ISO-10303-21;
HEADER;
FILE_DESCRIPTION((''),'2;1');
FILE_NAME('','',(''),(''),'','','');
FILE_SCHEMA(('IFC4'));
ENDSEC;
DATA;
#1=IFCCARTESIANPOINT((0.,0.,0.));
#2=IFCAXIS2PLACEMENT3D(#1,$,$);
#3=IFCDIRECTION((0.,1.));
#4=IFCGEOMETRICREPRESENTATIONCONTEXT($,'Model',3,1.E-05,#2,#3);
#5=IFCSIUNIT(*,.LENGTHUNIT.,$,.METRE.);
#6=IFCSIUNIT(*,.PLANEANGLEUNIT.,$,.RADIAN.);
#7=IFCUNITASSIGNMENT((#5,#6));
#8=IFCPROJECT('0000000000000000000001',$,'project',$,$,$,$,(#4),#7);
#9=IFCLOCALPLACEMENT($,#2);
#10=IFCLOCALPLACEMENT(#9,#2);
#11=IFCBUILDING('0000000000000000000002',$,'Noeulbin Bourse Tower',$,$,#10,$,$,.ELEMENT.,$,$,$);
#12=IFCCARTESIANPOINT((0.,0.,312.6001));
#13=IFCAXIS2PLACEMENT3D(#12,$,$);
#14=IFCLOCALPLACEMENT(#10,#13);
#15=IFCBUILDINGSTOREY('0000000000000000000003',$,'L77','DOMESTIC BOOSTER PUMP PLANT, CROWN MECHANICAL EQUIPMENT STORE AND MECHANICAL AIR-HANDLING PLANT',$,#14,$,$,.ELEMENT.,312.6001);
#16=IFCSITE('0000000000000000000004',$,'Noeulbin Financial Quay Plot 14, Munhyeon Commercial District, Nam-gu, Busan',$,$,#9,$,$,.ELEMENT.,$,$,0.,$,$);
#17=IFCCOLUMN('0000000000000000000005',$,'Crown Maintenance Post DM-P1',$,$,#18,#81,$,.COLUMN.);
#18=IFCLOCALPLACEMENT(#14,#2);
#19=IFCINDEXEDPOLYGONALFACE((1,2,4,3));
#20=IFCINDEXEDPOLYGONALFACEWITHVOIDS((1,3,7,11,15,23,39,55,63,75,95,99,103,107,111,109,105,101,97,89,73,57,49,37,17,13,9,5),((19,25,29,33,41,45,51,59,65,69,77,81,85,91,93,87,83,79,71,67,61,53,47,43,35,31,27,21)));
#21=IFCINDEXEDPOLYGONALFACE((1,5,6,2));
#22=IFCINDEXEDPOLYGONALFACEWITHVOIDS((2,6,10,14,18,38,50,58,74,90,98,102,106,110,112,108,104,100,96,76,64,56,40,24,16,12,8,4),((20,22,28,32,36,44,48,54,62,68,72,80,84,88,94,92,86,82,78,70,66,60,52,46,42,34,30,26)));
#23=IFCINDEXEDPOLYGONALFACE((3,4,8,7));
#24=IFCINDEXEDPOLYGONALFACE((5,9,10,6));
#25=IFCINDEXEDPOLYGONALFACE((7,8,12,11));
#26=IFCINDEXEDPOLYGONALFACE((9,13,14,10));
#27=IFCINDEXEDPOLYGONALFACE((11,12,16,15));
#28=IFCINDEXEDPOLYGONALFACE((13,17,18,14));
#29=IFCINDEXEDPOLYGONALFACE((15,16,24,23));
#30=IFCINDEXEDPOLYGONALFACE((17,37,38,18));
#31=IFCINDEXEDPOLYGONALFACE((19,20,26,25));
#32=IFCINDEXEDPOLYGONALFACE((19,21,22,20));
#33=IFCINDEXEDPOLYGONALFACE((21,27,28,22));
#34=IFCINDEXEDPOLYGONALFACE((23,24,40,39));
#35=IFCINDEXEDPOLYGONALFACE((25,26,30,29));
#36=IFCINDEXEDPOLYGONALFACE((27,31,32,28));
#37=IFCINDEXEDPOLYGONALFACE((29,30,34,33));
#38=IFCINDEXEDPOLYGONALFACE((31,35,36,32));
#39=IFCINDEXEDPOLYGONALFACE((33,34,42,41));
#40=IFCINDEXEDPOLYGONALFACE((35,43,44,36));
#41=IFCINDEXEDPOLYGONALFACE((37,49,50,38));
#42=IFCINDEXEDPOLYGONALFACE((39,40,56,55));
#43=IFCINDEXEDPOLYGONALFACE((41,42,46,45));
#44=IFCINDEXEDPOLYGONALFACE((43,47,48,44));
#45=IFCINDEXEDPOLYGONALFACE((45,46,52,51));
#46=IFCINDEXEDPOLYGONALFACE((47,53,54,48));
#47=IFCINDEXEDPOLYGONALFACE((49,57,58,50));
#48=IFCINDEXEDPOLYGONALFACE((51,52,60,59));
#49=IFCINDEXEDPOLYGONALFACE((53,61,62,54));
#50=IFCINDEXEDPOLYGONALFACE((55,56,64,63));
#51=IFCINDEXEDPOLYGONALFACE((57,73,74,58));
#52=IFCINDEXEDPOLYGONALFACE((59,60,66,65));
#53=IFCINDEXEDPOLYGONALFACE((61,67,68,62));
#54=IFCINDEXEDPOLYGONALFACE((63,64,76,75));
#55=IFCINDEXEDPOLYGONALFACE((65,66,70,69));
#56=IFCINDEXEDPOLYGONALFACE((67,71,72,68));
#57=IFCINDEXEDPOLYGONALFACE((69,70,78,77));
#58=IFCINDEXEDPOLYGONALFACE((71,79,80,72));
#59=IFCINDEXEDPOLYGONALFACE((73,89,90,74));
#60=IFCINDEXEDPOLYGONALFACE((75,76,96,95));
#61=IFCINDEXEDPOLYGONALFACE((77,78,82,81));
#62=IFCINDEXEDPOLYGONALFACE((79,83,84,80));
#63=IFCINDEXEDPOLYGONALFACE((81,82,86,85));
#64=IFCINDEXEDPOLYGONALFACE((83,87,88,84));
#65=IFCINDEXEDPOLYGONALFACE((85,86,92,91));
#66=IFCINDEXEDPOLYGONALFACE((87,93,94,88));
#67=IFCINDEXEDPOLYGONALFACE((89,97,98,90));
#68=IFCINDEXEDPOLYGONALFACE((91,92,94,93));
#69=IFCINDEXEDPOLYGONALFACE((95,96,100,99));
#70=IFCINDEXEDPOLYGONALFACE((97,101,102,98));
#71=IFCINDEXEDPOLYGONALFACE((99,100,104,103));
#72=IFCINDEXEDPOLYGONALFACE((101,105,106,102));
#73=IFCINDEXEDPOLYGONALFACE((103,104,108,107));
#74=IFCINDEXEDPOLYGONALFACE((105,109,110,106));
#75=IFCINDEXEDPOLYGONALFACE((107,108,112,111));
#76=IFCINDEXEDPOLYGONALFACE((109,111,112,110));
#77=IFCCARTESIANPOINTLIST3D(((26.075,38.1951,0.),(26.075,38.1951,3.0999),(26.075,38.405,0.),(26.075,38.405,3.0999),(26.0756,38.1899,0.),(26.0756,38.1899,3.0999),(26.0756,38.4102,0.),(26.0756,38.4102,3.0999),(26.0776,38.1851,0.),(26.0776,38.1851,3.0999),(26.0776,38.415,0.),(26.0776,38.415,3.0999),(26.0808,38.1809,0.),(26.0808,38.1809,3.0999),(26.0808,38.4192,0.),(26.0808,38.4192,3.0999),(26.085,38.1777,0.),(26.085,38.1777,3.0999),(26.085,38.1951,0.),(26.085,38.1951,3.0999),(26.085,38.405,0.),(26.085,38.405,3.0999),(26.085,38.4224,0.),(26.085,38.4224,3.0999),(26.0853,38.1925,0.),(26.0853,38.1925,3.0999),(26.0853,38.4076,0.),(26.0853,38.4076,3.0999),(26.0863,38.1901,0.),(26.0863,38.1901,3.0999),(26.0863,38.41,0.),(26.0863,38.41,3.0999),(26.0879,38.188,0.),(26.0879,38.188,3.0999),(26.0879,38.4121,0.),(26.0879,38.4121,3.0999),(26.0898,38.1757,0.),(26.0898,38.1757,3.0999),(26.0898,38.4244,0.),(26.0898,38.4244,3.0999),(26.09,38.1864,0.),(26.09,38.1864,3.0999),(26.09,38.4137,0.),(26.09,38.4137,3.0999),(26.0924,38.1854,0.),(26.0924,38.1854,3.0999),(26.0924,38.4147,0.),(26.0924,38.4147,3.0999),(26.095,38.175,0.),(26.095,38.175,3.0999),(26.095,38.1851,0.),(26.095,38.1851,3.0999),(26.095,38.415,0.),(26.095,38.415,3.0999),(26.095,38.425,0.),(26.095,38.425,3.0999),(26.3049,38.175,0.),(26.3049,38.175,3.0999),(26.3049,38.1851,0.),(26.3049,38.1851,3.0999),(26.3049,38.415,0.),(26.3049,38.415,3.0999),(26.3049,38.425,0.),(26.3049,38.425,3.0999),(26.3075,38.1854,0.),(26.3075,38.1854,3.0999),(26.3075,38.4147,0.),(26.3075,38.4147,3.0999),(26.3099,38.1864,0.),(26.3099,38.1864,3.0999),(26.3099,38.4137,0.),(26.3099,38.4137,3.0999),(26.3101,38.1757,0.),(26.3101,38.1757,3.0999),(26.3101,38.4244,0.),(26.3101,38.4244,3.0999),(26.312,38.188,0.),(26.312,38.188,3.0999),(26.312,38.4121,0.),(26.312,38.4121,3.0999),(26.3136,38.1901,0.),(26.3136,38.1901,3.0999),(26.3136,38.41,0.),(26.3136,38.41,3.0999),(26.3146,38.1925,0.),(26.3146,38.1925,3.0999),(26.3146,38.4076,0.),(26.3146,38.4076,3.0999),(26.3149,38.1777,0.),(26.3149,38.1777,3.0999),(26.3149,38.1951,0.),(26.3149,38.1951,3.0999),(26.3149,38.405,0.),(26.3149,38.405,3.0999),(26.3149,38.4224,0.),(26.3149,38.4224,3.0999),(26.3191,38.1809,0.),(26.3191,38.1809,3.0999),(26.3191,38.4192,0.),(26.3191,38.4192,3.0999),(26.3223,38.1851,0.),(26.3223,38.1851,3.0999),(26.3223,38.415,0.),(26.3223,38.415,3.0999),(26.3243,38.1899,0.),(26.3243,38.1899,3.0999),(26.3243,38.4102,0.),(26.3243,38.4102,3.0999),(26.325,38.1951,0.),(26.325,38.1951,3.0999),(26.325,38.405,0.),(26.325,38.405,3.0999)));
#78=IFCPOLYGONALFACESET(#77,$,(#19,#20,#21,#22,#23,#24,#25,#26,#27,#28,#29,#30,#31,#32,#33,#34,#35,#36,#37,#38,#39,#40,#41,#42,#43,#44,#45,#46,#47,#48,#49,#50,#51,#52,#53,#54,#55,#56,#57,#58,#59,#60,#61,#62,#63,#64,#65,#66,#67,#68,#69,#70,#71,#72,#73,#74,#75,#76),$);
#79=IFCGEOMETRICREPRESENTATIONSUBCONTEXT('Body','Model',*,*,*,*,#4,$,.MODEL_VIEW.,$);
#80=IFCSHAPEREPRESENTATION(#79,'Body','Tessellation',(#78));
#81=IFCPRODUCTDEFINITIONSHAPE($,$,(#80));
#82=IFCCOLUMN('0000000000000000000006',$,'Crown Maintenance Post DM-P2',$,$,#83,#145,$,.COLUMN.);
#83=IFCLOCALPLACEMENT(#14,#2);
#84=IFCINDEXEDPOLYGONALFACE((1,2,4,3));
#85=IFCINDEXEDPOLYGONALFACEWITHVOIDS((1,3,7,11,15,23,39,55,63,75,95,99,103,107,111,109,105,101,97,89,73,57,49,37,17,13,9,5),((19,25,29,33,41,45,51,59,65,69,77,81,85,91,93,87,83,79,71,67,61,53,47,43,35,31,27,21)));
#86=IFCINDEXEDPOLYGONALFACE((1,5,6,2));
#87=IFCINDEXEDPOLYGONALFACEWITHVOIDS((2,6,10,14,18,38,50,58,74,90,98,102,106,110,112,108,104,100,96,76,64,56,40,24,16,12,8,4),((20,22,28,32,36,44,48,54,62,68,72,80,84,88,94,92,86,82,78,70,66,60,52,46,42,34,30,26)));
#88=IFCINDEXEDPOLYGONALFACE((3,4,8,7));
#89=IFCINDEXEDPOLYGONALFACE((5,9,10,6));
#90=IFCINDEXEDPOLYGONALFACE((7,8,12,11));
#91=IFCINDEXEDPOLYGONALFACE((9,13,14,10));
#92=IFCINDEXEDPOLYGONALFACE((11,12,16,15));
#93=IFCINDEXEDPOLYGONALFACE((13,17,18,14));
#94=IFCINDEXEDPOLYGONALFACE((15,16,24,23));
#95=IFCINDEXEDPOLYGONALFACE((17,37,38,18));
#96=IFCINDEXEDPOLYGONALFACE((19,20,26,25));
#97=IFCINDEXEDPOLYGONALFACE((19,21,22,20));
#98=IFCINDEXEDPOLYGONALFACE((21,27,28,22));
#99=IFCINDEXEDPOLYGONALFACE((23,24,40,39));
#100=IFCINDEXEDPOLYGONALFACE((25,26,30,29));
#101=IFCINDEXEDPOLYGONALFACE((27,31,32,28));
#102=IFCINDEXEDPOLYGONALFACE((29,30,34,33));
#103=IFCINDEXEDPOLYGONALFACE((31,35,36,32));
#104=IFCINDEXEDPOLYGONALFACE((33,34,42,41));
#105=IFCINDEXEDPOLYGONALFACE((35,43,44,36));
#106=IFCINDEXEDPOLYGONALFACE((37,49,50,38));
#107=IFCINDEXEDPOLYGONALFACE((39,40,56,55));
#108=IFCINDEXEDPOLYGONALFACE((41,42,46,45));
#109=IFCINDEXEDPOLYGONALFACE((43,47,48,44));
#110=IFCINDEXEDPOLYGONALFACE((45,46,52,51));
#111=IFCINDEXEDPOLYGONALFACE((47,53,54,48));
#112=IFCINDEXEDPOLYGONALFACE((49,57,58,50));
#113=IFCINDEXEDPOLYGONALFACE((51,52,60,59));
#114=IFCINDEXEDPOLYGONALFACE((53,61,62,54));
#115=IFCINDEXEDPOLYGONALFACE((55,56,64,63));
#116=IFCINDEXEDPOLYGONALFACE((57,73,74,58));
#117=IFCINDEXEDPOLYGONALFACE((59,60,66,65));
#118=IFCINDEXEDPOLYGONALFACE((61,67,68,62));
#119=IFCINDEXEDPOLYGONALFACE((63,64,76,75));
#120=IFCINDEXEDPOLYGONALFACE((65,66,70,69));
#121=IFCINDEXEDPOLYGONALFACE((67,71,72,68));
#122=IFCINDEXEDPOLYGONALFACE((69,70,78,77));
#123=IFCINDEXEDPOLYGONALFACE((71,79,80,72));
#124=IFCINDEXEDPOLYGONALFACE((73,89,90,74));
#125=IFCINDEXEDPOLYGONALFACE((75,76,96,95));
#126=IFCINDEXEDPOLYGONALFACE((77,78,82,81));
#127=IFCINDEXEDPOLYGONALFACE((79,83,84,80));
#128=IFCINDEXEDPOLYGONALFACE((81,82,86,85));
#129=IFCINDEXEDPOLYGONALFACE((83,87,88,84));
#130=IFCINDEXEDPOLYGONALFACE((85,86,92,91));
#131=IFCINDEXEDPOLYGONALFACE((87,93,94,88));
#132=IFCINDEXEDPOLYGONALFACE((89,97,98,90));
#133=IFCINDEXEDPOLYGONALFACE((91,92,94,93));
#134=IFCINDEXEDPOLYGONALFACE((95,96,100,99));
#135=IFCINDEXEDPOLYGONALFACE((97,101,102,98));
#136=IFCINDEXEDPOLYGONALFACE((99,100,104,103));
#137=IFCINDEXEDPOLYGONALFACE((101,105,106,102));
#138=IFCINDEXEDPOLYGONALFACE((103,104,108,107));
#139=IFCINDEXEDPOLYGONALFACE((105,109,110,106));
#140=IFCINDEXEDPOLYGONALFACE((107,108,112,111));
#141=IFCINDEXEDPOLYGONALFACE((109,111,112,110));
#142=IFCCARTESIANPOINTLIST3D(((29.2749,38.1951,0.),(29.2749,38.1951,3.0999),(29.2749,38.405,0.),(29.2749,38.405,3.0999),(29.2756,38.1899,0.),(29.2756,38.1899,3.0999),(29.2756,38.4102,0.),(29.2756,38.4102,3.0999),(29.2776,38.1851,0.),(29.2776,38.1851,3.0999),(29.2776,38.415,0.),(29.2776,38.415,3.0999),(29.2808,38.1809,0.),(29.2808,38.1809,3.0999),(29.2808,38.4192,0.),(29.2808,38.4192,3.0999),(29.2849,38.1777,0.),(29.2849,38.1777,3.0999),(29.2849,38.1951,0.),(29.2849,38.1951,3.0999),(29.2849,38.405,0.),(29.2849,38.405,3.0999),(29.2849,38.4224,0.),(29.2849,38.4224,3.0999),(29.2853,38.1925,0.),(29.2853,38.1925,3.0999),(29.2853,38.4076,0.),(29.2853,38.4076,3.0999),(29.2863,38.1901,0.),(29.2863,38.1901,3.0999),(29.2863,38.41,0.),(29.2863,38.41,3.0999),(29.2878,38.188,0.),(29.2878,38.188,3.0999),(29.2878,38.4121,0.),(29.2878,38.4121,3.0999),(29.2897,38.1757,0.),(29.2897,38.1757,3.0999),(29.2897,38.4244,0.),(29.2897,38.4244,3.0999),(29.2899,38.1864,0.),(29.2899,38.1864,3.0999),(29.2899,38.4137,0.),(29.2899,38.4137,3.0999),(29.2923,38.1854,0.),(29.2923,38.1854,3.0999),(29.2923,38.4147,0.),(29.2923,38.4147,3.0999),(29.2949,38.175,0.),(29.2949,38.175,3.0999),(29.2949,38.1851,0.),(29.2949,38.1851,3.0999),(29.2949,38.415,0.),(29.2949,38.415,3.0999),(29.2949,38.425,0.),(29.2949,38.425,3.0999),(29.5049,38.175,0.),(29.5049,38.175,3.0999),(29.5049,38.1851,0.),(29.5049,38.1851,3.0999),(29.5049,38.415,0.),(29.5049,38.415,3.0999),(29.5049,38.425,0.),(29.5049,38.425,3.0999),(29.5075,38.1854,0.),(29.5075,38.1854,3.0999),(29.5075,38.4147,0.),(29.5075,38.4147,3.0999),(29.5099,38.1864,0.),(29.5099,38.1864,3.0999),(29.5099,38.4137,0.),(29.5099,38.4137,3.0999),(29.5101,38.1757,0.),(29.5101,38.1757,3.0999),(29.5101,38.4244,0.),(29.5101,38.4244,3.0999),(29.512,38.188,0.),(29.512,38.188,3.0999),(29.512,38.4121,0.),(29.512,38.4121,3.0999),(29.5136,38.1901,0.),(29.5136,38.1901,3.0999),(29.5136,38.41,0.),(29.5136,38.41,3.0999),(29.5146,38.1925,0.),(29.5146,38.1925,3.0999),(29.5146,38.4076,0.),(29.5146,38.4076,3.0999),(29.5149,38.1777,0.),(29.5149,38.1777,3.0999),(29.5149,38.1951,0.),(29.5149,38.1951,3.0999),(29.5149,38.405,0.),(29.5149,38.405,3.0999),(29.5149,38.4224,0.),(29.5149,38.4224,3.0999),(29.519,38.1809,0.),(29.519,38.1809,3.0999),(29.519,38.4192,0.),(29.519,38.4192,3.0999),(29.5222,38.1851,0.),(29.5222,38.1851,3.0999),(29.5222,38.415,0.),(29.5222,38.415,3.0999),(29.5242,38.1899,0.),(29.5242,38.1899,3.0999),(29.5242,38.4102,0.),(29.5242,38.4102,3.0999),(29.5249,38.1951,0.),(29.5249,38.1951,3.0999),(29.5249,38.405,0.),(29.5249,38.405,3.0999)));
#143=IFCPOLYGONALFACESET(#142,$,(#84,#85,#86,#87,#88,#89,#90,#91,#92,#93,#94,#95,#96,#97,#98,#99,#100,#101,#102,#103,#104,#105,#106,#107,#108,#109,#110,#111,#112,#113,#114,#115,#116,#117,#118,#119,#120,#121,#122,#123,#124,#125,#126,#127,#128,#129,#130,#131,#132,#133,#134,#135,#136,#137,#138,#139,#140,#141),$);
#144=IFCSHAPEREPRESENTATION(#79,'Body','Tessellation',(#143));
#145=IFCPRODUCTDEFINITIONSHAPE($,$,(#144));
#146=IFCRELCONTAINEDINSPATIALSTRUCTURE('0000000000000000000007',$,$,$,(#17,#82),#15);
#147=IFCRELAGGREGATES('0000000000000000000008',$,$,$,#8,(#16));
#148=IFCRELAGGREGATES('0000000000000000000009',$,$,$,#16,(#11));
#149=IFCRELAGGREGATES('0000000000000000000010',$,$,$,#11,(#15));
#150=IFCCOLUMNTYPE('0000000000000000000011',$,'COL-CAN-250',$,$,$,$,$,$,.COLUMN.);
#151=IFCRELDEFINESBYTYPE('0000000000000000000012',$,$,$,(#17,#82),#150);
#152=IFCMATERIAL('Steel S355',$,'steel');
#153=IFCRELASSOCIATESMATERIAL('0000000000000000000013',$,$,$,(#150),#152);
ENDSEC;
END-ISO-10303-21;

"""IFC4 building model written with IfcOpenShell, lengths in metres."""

from ifc_helpers import new_model, si_unit, direction, frame, origin, origin_2d, place, context, subcontext, project, spatial, hollow_rectangle, extrude, material, material_profile, profile_set, type_object, element, save


model = new_model("IFC4")

# Units and contexts
model_context = context("Model", 3, precision=1e-05, world=origin(), true_north=direction((0.0, 1.0)))
body_context = subcontext(model_context, "Body", "Model", "MODEL_VIEW")
ifc_project = project(units=[si_unit("LENGTHUNIT", "METRE"), si_unit("PLANEANGLEUNIT", "RADIAN")], contexts=[model_context])

# Site, building, storey
site_placement = place(None, origin())
site = spatial("IfcSite", under=ifc_project, at=site_placement, Name="Noeulbin Financial Quay Plot 14, Munhyeon Commercial District, Nam-gu, Busan", CompositionType="ELEMENT", RefElevation=0.0)
building_placement = place(site_placement, origin())
building = spatial("IfcBuilding", under=site, at=building_placement, Name="Noeulbin Bourse Tower", CompositionType="ELEMENT")
storey_placement = place(building_placement, frame((0.0, 0.0, 312.6001)))
storey = spatial("IfcBuildingStorey", under=building, at=storey_placement, Name="L77", Description="DOMESTIC BOOSTER PUMP PLANT, CROWN MECHANICAL EQUIPMENT STORE AND MECHANICAL AIR-HANDLING PLANT", CompositionType="ELEMENT", Elevation=312.6001)

# Columns
ifc_material_1 = material(Name="Steel S355", Category="steel")
ifc_material_profile_1 = material_profile(ifc_material_1, hollow_rectangle(XDim=0.25, YDim=0.25, WallThickness=0.01, InnerFilletRadius=0.01, OuterFilletRadius=0.02, at=origin_2d()), Name="SHS-250x250x10", Category="LoadBearing")
ifc_profile_set_1 = profile_set([ifc_material_profile_1], Name="Steel S355")
column_type_1 = type_object("IfcColumnType", Name="COL-CAN-250", PredefinedType="COLUMN", material=ifc_profile_set_1)
for number, where, z_axis, x_axis, name in (
    (1, (26.2, 38.3, 0.0), (0.0, 0.0, 1.0), (1.0, 0.0, 0.0), "Crown Maintenance Post DM-P1"),
    (2, (29.3999, 38.3, 0.0), (0.0, 0.0, 1.0), (1.0, 0.0, 0.0), "Crown Maintenance Post DM-P2"),
):
    element("IfcColumn", number, at=place(storey_placement, frame(where, z_axis=z_axis, x_axis=x_axis)), inside=storey, type_object=column_type_1, Name=name, PredefinedType="COLUMN", context=body_context, shape_type="SweptSolid", body=[
        extrude(hollow_rectangle(XDim=0.25, YDim=0.25, WallThickness=0.01, InnerFilletRadius=0.01, OuterFilletRadius=0.02, at=origin_2d()), origin(), (0.0, 0.0, 1.0), 3.0999),
    ])

save(model, "model.ifc")
